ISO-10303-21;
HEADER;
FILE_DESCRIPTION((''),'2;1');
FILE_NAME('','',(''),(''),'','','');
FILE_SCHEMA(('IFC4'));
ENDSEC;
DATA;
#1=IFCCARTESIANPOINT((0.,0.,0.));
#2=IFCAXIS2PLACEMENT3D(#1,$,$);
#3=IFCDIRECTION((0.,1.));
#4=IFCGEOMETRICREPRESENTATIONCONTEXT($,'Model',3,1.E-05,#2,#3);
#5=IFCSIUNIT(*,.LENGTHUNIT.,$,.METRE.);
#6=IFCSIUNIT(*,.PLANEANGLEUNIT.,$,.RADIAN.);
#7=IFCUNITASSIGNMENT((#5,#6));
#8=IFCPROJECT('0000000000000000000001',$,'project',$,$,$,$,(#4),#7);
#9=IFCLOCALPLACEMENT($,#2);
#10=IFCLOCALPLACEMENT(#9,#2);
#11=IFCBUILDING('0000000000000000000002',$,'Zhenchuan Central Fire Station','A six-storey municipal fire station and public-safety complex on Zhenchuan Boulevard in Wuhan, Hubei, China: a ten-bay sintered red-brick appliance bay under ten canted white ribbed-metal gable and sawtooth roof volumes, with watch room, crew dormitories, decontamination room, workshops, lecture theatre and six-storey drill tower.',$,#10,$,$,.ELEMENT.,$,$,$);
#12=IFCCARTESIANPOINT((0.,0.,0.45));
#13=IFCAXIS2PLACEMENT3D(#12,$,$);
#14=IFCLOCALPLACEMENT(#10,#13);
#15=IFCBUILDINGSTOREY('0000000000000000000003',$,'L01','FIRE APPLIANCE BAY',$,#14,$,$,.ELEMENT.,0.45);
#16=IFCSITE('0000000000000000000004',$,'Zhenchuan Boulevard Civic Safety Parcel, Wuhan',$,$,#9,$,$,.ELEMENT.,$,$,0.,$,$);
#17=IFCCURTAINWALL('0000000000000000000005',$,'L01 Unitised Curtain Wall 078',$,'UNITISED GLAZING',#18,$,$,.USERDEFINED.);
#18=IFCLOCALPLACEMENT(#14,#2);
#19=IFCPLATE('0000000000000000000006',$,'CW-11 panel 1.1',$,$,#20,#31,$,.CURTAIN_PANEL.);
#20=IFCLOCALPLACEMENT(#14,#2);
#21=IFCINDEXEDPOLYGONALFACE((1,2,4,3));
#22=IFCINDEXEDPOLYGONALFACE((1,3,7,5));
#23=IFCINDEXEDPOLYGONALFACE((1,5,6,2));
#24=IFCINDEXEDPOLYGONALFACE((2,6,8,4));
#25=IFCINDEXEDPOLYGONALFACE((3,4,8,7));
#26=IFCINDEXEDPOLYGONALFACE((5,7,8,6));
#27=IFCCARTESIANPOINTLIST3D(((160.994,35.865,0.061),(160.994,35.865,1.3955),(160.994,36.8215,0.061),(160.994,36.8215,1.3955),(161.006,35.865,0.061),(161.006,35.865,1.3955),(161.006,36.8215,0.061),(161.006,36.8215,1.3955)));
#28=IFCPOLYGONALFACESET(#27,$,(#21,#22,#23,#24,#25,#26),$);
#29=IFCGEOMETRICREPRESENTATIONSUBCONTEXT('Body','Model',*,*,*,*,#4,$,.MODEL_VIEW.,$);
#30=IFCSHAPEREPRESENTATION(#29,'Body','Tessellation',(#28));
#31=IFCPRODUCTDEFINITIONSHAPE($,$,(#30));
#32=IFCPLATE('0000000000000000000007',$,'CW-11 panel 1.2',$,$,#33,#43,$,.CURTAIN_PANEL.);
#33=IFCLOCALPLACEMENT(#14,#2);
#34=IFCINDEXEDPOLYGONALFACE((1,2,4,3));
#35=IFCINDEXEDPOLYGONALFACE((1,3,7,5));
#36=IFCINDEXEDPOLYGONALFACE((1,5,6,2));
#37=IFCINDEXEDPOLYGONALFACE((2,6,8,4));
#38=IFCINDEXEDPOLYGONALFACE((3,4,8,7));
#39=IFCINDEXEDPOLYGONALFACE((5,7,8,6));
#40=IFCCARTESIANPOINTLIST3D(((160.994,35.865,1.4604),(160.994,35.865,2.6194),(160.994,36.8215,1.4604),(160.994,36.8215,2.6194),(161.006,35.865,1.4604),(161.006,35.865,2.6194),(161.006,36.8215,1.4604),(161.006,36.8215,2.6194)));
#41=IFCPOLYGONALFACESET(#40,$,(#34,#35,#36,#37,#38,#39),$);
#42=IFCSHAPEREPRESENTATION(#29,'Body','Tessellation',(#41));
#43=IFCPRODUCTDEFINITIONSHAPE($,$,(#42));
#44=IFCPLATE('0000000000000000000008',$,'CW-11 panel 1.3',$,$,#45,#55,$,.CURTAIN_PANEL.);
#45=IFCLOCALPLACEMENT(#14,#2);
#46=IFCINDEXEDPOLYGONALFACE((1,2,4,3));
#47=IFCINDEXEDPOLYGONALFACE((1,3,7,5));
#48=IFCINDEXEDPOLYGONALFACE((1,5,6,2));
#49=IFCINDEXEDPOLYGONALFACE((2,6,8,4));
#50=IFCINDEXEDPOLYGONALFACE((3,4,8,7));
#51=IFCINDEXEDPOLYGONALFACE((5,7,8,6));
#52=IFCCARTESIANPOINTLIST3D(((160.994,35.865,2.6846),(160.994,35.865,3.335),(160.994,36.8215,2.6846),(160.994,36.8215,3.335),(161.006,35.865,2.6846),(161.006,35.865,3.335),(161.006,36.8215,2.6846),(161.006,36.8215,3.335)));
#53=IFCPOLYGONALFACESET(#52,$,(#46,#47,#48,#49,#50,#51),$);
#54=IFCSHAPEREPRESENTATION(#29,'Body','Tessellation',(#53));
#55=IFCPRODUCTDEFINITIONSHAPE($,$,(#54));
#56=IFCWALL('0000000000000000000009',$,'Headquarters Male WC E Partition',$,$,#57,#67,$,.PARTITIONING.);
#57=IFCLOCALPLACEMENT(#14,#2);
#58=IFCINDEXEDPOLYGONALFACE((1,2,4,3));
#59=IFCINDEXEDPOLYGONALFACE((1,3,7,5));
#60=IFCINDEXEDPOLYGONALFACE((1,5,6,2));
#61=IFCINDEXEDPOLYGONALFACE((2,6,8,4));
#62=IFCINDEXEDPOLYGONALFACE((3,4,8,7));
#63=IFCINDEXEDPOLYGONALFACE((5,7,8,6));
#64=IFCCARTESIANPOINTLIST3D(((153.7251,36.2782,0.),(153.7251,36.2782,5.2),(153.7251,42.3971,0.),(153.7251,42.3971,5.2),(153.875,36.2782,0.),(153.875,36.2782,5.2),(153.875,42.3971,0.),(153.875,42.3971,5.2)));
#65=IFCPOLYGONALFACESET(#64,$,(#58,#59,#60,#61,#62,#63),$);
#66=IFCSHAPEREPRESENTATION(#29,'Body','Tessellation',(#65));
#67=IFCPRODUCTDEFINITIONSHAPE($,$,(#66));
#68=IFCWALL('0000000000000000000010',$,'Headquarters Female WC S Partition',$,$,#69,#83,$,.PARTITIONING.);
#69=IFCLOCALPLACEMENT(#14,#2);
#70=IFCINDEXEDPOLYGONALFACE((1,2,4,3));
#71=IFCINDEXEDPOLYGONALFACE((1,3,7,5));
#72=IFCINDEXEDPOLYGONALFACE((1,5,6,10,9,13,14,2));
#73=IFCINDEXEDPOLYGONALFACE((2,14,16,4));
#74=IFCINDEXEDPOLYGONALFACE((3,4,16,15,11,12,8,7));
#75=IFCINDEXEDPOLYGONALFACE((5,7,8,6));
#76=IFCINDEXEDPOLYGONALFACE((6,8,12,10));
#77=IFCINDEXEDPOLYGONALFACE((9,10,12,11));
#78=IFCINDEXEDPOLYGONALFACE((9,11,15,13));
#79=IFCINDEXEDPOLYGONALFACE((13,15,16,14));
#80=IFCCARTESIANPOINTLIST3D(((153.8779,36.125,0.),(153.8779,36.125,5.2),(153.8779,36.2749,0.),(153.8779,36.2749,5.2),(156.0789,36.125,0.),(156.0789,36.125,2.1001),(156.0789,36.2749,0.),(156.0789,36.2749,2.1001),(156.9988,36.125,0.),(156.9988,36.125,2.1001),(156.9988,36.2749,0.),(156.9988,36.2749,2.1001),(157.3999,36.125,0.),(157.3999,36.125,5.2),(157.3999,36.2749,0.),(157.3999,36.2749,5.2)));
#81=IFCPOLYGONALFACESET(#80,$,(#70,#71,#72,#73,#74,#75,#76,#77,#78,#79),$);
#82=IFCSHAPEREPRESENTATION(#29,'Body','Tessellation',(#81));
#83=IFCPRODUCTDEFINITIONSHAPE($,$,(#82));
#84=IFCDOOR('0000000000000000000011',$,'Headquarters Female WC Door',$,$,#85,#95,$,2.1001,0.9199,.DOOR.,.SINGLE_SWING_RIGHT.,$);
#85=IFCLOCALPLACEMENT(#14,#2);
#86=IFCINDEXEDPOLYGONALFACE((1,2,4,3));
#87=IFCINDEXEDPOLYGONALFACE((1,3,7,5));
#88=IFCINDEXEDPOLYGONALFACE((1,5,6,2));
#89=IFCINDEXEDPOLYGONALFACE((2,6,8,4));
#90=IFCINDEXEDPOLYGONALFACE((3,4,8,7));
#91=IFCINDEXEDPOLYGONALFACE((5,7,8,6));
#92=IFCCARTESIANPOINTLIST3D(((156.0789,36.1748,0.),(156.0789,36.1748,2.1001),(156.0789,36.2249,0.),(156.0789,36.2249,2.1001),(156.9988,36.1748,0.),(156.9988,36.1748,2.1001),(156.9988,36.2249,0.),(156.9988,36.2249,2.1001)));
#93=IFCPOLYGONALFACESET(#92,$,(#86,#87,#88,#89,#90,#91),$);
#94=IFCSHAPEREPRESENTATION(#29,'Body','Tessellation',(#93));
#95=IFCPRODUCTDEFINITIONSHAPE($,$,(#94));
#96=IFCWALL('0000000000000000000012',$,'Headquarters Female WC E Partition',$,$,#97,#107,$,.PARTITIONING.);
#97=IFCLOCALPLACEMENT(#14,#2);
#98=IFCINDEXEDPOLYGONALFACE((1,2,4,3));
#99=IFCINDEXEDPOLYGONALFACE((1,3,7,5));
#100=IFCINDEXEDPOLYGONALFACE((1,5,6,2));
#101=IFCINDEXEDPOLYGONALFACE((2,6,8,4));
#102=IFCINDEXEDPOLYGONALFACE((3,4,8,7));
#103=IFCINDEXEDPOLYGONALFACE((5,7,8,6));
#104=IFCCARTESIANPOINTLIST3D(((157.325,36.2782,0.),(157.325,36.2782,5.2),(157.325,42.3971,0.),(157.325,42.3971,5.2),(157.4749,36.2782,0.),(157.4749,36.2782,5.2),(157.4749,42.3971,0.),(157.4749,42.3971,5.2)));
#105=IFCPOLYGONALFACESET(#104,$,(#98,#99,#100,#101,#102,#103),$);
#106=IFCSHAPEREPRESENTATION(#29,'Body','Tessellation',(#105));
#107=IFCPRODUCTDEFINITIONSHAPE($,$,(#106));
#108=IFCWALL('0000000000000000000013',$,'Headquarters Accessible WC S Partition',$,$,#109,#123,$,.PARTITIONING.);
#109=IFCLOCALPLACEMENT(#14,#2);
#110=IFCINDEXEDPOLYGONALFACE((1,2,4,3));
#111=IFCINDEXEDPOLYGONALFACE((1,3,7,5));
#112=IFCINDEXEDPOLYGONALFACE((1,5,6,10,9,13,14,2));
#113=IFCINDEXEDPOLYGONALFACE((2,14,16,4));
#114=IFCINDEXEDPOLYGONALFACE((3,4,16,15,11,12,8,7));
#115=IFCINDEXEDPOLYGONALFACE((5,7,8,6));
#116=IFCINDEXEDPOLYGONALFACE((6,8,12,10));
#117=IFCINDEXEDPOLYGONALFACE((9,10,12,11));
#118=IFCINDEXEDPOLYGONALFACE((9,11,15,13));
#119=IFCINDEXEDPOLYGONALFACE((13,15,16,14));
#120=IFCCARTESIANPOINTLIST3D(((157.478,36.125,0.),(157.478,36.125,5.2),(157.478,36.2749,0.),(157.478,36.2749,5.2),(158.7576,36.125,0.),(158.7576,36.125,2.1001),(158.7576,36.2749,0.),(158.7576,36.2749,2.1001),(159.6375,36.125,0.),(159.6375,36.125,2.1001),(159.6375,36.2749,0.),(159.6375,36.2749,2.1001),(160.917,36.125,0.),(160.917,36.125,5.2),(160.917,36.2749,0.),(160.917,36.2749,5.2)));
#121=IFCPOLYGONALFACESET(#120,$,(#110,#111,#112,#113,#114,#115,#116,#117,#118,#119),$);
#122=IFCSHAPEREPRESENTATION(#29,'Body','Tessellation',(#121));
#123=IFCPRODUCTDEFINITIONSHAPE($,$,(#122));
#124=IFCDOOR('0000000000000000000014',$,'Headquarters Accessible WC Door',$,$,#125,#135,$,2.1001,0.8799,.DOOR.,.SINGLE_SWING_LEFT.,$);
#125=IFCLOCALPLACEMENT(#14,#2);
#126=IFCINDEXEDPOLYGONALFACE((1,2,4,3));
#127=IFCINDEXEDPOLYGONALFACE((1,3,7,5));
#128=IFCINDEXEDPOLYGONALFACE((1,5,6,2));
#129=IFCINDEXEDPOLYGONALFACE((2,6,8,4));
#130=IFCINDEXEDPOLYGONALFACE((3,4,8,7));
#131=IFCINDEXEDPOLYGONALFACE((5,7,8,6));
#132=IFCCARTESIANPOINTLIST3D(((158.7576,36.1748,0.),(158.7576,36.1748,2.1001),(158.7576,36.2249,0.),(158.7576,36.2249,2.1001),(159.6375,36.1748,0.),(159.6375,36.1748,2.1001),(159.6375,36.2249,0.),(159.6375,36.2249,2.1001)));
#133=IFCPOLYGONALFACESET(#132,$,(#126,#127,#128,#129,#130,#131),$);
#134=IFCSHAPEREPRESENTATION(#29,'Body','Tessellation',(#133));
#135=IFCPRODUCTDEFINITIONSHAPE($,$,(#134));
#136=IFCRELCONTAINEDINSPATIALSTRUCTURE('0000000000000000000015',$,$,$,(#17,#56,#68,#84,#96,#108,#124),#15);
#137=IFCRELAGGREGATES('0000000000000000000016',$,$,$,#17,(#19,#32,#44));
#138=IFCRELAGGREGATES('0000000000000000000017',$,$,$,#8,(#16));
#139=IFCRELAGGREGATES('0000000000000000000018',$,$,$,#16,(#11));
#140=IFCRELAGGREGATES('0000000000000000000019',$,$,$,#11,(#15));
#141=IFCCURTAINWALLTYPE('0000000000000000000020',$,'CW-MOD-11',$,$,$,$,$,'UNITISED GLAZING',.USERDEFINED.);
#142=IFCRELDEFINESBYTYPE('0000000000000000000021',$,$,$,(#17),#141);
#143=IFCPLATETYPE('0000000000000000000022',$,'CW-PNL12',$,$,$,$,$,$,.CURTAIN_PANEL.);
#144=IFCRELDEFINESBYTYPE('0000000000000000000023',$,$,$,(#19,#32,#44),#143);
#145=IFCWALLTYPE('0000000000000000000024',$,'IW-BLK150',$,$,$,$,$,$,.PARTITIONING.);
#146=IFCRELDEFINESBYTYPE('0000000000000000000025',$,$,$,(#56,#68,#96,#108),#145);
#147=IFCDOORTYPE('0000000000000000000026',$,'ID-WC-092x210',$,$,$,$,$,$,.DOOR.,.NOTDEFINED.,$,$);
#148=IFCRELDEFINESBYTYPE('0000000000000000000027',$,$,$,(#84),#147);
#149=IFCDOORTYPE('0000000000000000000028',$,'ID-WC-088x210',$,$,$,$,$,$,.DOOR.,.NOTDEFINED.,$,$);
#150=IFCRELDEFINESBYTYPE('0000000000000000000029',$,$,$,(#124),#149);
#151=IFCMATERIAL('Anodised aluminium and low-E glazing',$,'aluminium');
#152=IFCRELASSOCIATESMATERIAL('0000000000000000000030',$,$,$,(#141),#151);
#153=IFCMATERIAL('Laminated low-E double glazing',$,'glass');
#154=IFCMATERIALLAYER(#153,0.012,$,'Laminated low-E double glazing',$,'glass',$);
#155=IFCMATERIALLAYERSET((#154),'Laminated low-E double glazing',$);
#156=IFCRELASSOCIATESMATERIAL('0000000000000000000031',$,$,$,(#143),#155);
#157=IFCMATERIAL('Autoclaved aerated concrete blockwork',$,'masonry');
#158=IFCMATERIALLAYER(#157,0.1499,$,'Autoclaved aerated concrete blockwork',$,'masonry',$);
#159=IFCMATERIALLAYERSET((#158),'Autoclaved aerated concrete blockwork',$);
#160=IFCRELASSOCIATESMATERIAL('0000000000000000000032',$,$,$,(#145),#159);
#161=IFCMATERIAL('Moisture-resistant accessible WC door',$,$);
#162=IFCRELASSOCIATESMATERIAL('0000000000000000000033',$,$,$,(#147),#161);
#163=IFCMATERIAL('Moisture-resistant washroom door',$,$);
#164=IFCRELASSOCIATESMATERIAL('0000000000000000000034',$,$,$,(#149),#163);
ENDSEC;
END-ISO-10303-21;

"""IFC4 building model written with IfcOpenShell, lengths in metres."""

from ifc_helpers import new_model, si_unit, direction, frame, frame_2d, origin, origin_2d, place, context, subcontext, project, spatial, rectangle, extrude, material, layer, layer_set, type_object, element, fill, aggregate, save


model = new_model("IFC4")

# Units and contexts
model_context = context("Model", 3, precision=1e-05, world=origin(), true_north=direction((0.0, 1.0)))
body_context = subcontext(model_context, "Body", "Model", "MODEL_VIEW")
ifc_project = project(units=[si_unit("LENGTHUNIT", "METRE"), si_unit("PLANEANGLEUNIT", "RADIAN")], contexts=[model_context])

# Site, building, storey
site_placement = place(None, origin())
site = spatial("IfcSite", under=ifc_project, at=site_placement, Name="Zhenchuan Boulevard Civic Safety Parcel, Wuhan", CompositionType="ELEMENT", RefElevation=0.0)
building_placement = place(site_placement, origin())
building = spatial("IfcBuilding", under=site, at=building_placement, Name="Zhenchuan Central Fire Station", Description="A six-storey municipal fire station and public-safety complex on Zhenchuan Boulevard in Wuhan, Hubei, China: a ten-bay sintered red-brick appliance bay under ten canted white ribbed-metal gable and sawtooth roof volumes, with watch room, crew dormitories, decontamination room, workshops, lecture theatre and six-storey drill tower.", CompositionType="ELEMENT")
storey_placement = place(building_placement, frame((0.0, 0.0, 0.45)))
storey = spatial("IfcBuildingStorey", under=building, at=storey_placement, Name="L01", Description="FIRE APPLIANCE BAY", CompositionType="ELEMENT", Elevation=0.45)

# Curtain wall
ifc_material_1 = material(Name="Anodised aluminium and low-E glazing", Category="aluminium")
curtain_wall_type = type_object("IfcCurtainWallType", Name="CW-MOD-11", ElementType="UNITISED GLAZING", PredefinedType="USERDEFINED", material=ifc_material_1)
curtain_wall_placement = place(storey_placement, origin())
curtain_wall = element("IfcCurtainWall", 1, at=curtain_wall_placement, inside=storey, type_object=curtain_wall_type, Name="L01 Unitised Curtain Wall 078", ObjectType="UNITISED GLAZING", PredefinedType="USERDEFINED")

# Plates
ifc_material_2 = material(Name="Laminated low-E double glazing", Category="glass")
ifc_layer_1 = layer(ifc_material_2, 0.012, Name="Laminated low-E double glazing", Category="glass")
ifc_layer_set_1 = layer_set([ifc_layer_1], Name="Laminated low-E double glazing")
plate_type = type_object("IfcPlateType", Name="CW-PNL12", PredefinedType="CURTAIN_PANEL", material=ifc_layer_set_1)
plate_1_placement = place(storey_placement, frame((161.0, 36.3433, 0.061), z_axis=(0.0, 0.0, 1.0), x_axis=(0.0, 1.0, 0.0)))
plate_1 = element("IfcPlate", 2, at=plate_1_placement, type_object=plate_type, Name="CW-11 panel 1.1", PredefinedType="CURTAIN_PANEL", context=body_context, shape_type="SweptSolid", body=[
    extrude(rectangle(XDim=0.9565, YDim=0.012, at=origin_2d()), origin(), (0.0, 0.0, 1.0), 1.3345),
])
plate_2_placement = place(storey_placement, frame((161.0, 36.3433, 1.4604), z_axis=(0.0, 0.0, 1.0), x_axis=(0.0, 1.0, 0.0)))
plate_2 = element("IfcPlate", 3, at=plate_2_placement, type_object=plate_type, Name="CW-11 panel 1.2", PredefinedType="CURTAIN_PANEL", context=body_context, shape_type="SweptSolid", body=[
    extrude(rectangle(XDim=0.9565, YDim=0.012, at=origin_2d()), origin(), (0.0, 0.0, 1.0), 1.1589),
])
plate_3_placement = place(storey_placement, frame((161.0, 36.3433, 2.6846), z_axis=(0.0, 0.0, 1.0), x_axis=(0.0, 1.0, 0.0)))
plate_3 = element("IfcPlate", 4, at=plate_3_placement, type_object=plate_type, Name="CW-11 panel 1.3", PredefinedType="CURTAIN_PANEL", context=body_context, shape_type="SweptSolid", body=[
    extrude(rectangle(XDim=0.9565, YDim=0.012, at=origin_2d()), origin(), (0.0, 0.0, 1.0), 0.6504),
])
aggregate(curtain_wall, [plate_1, plate_2, plate_3])

# Wall
ifc_material_3 = material(Name="Autoclaved aerated concrete blockwork", Category="masonry")
ifc_layer_2 = layer(ifc_material_3, 0.1499, Name="Autoclaved aerated concrete blockwork", Category="masonry")
ifc_layer_set_2 = layer_set([ifc_layer_2], Name="Autoclaved aerated concrete blockwork")
wall_type = type_object("IfcWallType", Name="IW-BLK150", PredefinedType="PARTITIONING", material=ifc_layer_set_2)
wall_1_placement = place(storey_placement, frame((153.8, 36.2781, 0.0), z_axis=(0.0, 0.0, 1.0), x_axis=(0.0, 1.0, 0.0)))
element("IfcWall", 5, at=wall_1_placement, inside=storey, type_object=wall_type, Name="Headquarters Male WC E Partition", PredefinedType="PARTITIONING", context=body_context, shape_type="SweptSolid", body=[
    extrude(rectangle(XDim=6.1189, YDim=0.1499, at=frame_2d((3.0596, 0.0))), origin(), (0.0, 0.0, 1.0), 5.2),
])

# Wall, opening, door
wall_2_placement = place(storey_placement, frame((153.8779, 36.2, 0.0), z_axis=(0.0, 0.0, 1.0), x_axis=(1.0, 0.0, 0.0)))
wall_2 = element("IfcWall", 6, at=wall_2_placement, inside=storey, type_object=wall_type, Name="Headquarters Female WC S Partition", PredefinedType="PARTITIONING", context=body_context, shape_type="SweptSolid", body=[
    extrude(rectangle(XDim=3.522, YDim=0.1499, at=frame_2d((1.761, 0.0))), origin(), (0.0, 0.0, 1.0), 5.2),
])
opening_1_placement = place(wall_2_placement, frame((2.2009, 0.0, 0.0)))
opening_1 = element("IfcOpeningElement", 7, at=opening_1_placement, cuts=wall_2, PredefinedType="OPENING", context=body_context, shape_type="SweptSolid", body=[
    extrude(rectangle(XDim=0.9199, YDim=2.1001, at=frame_2d((0.46, 1.05))), frame((0.0, 0.085, 0.0), z_axis=(0.0, -1.0, 0.0), x_axis=(1.0, 0.0, 0.0)), (0.0, 0.0, 1.0), 0.1699),
])
ifc_material_4 = material(Name="Moisture-resistant accessible WC door")
door_type_1 = type_object("IfcDoorType", Name="ID-WC-092x210", OperationType="NOTDEFINED", PredefinedType="DOOR", material=ifc_material_4)
door_1_placement = place(opening_1_placement, origin())
door_1 = element("IfcDoor", 8, at=door_1_placement, inside=storey, type_object=door_type_1, Name="Headquarters Female WC Door", OperationType="SINGLE_SWING_RIGHT", OverallHeight=2.1001, OverallWidth=0.9199, PredefinedType="DOOR", context=body_context, shape_type="SweptSolid", body=[
    extrude(rectangle(XDim=0.9199, YDim=2.1001, at=frame_2d((0.46, 1.05))), frame((0.0, 0.0249, 0.0), z_axis=(0.0, -1.0, 0.0), x_axis=(1.0, 0.0, 0.0)), (0.0, 0.0, 1.0), 0.05),
])
fill(opening_1, door_1)

# Wall
wall_3_placement = place(storey_placement, frame((157.3999, 36.2781, 0.0), z_axis=(0.0, 0.0, 1.0), x_axis=(0.0, 1.0, 0.0)))
element("IfcWall", 9, at=wall_3_placement, inside=storey, type_object=wall_type, Name="Headquarters Female WC E Partition", PredefinedType="PARTITIONING", context=body_context, shape_type="SweptSolid", body=[
    extrude(rectangle(XDim=6.1189, YDim=0.1499, at=frame_2d((3.0596, 0.0))), origin(), (0.0, 0.0, 1.0), 5.2),
])

# Wall, opening, door
wall_4_placement = place(storey_placement, frame((157.478, 36.2, 0.0), z_axis=(0.0, 0.0, 1.0), x_axis=(1.0, 0.0, 0.0)))
wall_4 = element("IfcWall", 10, at=wall_4_placement, inside=storey, type_object=wall_type, Name="Headquarters Accessible WC S Partition", PredefinedType="PARTITIONING", context=body_context, shape_type="SweptSolid", body=[
    extrude(rectangle(XDim=3.439, YDim=0.1499, at=frame_2d((1.7195, 0.0))), origin(), (0.0, 0.0, 1.0), 5.2),
])
opening_2_placement = place(wall_4_placement, frame((1.2795, 0.0, 0.0)))
opening_2 = element("IfcOpeningElement", 11, at=opening_2_placement, cuts=wall_4, PredefinedType="OPENING", context=body_context, shape_type="SweptSolid", body=[
    extrude(rectangle(XDim=0.8799, YDim=2.1001, at=frame_2d((0.4399, 1.05))), frame((0.0, 0.085, 0.0), z_axis=(0.0, -1.0, 0.0), x_axis=(1.0, 0.0, 0.0)), (0.0, 0.0, 1.0), 0.1699),
])
ifc_material_5 = material(Name="Moisture-resistant washroom door")
door_type_2 = type_object("IfcDoorType", Name="ID-WC-088x210", OperationType="NOTDEFINED", PredefinedType="DOOR", material=ifc_material_5)
door_2_placement = place(opening_2_placement, origin())
door_2 = element("IfcDoor", 12, at=door_2_placement, inside=storey, type_object=door_type_2, Name="Headquarters Accessible WC Door", OperationType="SINGLE_SWING_LEFT", OverallHeight=2.1001, OverallWidth=0.8799, PredefinedType="DOOR", context=body_context, shape_type="SweptSolid", body=[
    extrude(rectangle(XDim=0.8799, YDim=2.1001, at=frame_2d((0.4399, 1.05))), frame((0.0, 0.0249, 0.0), z_axis=(0.0, -1.0, 0.0), x_axis=(1.0, 0.0, 0.0)), (0.0, 0.0, 1.0), 0.05),
])
fill(opening_2, door_2)

save(model, "model.ifc")
